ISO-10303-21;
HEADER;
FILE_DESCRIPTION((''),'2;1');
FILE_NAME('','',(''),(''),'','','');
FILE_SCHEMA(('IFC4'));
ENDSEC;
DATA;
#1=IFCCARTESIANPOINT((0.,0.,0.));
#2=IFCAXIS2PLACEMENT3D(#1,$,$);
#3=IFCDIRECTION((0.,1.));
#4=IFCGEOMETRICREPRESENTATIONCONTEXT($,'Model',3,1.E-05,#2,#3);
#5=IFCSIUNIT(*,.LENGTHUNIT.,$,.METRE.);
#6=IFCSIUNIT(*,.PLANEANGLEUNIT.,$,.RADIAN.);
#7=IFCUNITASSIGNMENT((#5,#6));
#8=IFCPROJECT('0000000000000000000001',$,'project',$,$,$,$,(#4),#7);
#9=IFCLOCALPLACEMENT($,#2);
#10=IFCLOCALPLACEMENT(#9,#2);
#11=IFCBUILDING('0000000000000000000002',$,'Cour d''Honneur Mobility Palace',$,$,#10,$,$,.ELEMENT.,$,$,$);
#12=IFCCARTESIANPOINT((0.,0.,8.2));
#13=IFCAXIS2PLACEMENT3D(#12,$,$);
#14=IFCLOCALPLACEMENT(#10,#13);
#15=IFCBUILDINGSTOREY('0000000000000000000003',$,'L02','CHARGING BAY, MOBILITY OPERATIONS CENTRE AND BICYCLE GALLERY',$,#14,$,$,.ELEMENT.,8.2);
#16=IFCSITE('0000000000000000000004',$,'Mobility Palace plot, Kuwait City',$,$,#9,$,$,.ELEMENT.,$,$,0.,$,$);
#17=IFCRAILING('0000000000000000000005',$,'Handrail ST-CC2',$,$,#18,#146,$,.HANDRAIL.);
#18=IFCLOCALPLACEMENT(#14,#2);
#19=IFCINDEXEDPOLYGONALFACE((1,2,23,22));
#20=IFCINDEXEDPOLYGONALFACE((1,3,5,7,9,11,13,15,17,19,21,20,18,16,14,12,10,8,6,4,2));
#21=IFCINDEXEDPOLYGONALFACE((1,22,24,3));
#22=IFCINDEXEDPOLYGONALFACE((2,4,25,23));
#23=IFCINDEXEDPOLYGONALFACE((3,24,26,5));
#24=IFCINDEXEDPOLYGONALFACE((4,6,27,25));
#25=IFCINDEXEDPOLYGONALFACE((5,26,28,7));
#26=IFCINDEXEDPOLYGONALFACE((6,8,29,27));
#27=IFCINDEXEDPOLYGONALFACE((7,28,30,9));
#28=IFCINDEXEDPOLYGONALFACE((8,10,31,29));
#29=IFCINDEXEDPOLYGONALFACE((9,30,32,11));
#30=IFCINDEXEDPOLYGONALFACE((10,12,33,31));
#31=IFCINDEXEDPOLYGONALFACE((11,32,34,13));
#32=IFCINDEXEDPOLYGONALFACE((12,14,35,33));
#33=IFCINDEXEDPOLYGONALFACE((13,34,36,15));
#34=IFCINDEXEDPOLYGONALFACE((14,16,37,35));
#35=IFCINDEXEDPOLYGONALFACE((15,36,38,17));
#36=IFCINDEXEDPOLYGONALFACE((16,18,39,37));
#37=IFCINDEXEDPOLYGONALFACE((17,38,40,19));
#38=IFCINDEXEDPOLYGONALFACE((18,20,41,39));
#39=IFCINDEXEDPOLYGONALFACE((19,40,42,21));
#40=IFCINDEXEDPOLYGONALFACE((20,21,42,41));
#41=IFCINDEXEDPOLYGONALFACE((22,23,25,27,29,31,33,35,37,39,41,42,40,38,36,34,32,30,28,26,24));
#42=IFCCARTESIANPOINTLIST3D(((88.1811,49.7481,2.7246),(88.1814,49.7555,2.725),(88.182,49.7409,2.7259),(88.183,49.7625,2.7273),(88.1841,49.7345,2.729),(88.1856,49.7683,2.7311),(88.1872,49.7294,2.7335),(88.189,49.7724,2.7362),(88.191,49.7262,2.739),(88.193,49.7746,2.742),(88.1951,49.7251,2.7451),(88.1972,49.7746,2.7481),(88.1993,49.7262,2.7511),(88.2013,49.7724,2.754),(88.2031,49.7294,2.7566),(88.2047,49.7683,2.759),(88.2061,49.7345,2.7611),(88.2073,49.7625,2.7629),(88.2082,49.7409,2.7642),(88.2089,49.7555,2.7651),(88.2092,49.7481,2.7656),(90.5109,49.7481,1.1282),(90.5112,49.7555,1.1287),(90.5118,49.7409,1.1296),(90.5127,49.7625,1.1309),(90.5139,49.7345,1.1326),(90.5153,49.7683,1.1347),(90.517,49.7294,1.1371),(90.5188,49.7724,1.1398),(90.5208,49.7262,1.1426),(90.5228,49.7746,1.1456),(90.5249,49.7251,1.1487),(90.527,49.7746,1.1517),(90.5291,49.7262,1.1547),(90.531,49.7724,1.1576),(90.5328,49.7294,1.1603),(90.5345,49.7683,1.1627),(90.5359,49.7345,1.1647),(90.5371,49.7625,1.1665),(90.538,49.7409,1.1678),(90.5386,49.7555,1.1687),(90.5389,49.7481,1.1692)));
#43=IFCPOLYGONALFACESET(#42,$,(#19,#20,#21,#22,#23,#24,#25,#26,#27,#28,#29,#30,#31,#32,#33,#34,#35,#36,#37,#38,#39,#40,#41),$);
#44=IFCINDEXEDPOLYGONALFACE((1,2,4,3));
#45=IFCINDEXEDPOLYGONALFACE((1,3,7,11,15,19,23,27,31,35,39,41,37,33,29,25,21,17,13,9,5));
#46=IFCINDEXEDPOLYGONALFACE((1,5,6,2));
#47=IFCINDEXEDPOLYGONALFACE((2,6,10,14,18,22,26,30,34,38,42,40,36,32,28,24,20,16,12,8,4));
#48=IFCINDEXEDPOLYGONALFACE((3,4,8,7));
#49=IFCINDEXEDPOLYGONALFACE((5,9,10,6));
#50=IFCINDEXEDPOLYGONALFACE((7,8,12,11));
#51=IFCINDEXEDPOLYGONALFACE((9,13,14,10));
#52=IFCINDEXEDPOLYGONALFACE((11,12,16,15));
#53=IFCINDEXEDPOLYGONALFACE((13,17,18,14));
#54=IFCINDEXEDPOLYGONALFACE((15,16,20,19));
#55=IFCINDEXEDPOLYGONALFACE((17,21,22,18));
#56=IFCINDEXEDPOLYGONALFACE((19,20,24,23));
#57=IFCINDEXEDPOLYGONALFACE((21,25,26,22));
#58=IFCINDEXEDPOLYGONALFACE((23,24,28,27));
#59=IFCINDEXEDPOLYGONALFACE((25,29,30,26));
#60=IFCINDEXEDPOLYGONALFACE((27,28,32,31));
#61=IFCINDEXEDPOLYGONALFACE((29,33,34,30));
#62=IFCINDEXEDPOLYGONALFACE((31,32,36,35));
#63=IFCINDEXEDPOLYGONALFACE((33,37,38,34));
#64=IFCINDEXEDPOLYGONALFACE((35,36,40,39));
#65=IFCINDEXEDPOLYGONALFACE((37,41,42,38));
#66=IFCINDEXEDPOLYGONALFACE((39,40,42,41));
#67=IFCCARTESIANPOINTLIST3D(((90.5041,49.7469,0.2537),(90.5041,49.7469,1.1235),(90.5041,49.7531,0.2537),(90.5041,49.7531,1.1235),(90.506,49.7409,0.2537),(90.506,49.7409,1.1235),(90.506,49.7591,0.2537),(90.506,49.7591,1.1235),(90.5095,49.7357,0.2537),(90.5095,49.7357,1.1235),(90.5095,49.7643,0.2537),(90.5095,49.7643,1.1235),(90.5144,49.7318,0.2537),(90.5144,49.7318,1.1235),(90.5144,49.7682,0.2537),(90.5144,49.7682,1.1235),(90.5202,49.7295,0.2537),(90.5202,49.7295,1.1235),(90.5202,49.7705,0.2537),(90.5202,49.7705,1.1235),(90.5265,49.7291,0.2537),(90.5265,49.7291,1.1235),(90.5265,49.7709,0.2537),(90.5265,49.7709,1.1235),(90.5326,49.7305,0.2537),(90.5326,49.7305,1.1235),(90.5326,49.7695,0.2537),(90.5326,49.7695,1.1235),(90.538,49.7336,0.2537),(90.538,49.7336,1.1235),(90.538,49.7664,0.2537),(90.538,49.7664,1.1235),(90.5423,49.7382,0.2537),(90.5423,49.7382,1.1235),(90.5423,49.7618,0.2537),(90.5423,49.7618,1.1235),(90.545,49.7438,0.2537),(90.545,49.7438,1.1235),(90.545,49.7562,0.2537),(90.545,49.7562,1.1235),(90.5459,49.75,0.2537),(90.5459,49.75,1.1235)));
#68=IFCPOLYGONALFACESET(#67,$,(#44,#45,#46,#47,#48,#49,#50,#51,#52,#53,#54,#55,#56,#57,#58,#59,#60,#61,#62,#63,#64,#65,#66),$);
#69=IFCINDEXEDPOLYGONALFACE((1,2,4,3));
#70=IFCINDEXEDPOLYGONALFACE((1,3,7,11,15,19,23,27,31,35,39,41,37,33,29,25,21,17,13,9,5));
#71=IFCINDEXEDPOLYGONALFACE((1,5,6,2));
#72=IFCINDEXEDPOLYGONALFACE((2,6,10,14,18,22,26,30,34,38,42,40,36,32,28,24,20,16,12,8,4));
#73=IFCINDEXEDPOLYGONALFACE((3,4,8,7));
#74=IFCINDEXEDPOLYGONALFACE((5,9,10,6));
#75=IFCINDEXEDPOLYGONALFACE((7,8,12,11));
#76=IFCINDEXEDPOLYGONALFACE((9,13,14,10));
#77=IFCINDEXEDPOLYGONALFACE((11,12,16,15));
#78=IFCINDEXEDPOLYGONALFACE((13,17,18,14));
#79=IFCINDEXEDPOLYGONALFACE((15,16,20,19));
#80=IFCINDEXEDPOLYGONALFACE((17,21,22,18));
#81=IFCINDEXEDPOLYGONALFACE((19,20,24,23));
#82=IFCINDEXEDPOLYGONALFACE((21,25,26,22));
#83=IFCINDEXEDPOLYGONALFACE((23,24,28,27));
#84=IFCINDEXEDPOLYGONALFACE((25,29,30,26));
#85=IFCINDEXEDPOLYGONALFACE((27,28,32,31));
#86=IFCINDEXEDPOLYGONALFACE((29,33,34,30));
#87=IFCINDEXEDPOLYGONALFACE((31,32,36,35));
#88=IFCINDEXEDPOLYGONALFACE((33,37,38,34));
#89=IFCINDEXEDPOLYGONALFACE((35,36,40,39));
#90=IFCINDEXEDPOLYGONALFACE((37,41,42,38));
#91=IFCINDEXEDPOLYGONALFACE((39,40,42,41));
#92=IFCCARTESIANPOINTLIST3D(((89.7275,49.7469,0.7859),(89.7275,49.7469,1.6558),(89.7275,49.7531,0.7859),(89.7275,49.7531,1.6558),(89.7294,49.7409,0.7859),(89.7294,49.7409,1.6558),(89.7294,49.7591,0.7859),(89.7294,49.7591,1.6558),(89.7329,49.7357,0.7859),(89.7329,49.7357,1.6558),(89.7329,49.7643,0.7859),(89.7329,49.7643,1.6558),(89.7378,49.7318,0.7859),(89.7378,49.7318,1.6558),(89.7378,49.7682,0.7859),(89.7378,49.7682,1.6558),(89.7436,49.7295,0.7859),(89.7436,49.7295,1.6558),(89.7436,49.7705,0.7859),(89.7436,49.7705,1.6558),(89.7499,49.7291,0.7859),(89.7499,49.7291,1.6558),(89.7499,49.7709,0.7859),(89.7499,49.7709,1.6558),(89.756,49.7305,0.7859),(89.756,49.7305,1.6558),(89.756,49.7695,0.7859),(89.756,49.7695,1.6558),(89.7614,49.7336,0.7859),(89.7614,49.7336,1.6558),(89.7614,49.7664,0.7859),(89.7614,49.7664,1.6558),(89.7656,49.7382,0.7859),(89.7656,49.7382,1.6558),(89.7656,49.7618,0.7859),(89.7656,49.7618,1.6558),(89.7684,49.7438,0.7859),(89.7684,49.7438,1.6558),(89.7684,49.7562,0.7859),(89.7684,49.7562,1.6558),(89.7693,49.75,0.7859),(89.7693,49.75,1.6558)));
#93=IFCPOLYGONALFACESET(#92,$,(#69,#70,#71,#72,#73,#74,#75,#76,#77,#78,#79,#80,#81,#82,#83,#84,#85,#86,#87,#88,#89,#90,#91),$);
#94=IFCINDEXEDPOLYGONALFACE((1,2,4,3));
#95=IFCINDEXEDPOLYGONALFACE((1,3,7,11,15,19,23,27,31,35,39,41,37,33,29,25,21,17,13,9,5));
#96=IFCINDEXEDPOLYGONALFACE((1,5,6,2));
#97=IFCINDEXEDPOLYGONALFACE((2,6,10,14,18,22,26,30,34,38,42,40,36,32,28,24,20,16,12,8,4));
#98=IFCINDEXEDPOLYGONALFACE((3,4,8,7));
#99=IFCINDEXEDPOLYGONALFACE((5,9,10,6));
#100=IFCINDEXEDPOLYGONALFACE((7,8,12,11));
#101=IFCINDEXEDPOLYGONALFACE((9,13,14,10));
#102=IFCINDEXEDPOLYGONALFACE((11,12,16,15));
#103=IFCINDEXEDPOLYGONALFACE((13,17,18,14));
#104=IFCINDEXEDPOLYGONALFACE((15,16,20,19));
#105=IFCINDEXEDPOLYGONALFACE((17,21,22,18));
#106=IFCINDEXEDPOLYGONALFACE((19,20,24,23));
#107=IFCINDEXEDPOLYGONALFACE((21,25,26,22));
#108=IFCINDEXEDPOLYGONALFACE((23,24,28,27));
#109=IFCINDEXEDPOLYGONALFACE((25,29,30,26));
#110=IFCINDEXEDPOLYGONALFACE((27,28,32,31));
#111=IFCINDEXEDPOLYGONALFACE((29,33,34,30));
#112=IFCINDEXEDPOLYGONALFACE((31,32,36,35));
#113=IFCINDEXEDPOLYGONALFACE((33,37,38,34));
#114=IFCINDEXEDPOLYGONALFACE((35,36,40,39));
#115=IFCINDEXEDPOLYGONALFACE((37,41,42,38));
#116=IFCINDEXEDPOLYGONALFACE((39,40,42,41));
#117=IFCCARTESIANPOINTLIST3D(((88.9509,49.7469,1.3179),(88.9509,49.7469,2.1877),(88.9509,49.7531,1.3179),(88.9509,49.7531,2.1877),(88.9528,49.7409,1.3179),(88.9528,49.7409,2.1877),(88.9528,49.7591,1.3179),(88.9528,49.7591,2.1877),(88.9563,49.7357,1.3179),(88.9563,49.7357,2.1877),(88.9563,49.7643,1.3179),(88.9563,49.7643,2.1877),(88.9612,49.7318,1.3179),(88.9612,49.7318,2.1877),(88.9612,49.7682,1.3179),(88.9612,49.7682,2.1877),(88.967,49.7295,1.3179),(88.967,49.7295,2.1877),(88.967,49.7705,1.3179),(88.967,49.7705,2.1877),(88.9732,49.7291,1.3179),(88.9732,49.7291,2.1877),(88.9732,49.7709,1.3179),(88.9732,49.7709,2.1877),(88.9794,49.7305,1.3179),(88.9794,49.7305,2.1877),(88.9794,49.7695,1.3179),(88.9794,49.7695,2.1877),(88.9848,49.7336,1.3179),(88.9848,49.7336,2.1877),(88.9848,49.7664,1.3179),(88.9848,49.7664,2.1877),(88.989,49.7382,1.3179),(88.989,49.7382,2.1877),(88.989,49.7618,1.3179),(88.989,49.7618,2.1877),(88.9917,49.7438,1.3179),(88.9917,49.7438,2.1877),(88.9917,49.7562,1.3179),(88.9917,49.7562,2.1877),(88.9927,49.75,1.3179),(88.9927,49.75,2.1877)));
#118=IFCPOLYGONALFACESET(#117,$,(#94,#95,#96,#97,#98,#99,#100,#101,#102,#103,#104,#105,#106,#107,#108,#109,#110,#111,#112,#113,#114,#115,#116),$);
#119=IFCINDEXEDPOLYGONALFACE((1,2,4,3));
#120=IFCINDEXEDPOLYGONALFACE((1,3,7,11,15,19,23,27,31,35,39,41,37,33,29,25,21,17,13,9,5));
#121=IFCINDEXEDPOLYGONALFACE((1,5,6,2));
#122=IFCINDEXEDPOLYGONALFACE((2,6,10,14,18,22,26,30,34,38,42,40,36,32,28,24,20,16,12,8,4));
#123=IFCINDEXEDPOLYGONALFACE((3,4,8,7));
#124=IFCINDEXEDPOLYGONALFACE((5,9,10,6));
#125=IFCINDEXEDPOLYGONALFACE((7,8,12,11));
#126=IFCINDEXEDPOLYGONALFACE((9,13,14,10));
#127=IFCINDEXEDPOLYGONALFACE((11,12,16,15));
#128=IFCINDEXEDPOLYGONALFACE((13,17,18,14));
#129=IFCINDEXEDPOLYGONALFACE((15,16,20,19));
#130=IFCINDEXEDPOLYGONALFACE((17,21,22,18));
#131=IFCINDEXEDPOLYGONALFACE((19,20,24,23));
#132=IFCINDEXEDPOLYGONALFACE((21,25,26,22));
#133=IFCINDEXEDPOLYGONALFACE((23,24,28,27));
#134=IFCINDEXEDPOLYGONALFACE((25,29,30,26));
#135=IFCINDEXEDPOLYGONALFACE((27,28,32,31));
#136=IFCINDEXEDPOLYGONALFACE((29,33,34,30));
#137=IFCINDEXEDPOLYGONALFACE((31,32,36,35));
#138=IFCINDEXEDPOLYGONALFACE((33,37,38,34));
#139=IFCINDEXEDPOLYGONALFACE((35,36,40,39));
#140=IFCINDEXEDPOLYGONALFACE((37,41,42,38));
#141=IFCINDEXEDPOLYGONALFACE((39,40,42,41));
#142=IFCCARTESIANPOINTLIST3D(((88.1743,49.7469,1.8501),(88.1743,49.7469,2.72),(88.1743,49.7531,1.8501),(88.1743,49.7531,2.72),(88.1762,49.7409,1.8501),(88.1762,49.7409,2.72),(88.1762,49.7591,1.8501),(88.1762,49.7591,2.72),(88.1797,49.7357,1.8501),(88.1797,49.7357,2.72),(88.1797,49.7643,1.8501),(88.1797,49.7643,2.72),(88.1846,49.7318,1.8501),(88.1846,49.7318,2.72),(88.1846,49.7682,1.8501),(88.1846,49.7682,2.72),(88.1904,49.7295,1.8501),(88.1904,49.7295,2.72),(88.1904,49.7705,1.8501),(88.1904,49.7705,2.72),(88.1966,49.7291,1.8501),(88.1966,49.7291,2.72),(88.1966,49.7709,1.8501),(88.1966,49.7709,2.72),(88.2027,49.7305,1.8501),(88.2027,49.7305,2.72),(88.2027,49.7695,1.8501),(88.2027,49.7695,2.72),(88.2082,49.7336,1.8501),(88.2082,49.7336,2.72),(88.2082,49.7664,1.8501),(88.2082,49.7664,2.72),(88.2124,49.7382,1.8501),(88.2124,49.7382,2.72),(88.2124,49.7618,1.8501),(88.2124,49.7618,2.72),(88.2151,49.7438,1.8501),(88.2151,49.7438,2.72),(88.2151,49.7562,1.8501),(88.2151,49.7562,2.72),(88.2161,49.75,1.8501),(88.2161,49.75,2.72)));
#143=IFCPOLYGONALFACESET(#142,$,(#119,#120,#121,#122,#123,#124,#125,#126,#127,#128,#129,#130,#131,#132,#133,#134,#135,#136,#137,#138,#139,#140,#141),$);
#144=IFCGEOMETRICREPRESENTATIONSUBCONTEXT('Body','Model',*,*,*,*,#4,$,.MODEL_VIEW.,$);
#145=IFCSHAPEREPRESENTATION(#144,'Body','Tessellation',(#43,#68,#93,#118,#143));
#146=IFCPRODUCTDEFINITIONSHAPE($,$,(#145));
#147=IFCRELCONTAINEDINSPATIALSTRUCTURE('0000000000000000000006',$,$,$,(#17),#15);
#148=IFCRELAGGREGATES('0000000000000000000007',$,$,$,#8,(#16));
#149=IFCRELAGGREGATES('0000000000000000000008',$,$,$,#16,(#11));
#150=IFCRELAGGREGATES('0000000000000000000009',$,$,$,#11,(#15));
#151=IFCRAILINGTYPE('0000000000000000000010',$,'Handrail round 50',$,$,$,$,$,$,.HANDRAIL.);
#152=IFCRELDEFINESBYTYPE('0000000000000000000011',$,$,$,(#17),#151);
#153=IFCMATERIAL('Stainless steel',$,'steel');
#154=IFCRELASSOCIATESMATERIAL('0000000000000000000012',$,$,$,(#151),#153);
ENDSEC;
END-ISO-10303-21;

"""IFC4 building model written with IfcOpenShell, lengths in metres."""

from ifc_helpers import new_model, si_unit, direction, frame, origin, origin_2d, place, context, subcontext, project, spatial, circle, extrude, material, type_object, element, save


model = new_model("IFC4")

# Units and contexts
model_context = context("Model", 3, precision=1e-05, world=origin(), true_north=direction((0.0, 1.0)))
body_context = subcontext(model_context, "Body", "Model", "MODEL_VIEW")
ifc_project = project(units=[si_unit("LENGTHUNIT", "METRE"), si_unit("PLANEANGLEUNIT", "RADIAN")], contexts=[model_context])

# Site, building, storey
site_placement = place(None, origin())
site = spatial("IfcSite", under=ifc_project, at=site_placement, Name="Mobility Palace plot, Kuwait City", CompositionType="ELEMENT", RefElevation=0.0)
building_placement = place(site_placement, origin())
building = spatial("IfcBuilding", under=site, at=building_placement, Name="Cour d'Honneur Mobility Palace", CompositionType="ELEMENT")
storey_placement = place(building_placement, frame((0.0, 0.0, 8.2)))
storey = spatial("IfcBuildingStorey", under=building, at=storey_placement, Name="L02", Description="CHARGING BAY, MOBILITY OPERATIONS CENTRE AND BICYCLE GALLERY", CompositionType="ELEMENT", Elevation=8.2)

# Railing
ifc_material_1 = material(Name="Stainless steel", Category="steel")
railing_type_1 = type_object("IfcRailingType", Name="Handrail round 50", PredefinedType="HANDRAIL", material=ifc_material_1)
railing_1_placement = place(storey_placement, frame((90.5249, 49.75, 0.2537)))
element("IfcRailing", 1, at=railing_1_placement, inside=storey, type_object=railing_type_1, Name="Handrail ST-CC2", PredefinedType="HANDRAIL", context=body_context, shape_type="SweptSolid", body=[
    extrude(circle(Radius=0.0249, at=origin_2d()), frame((0.0, 0.0, 0.895), z_axis=(-0.824921, 0.0, 0.565248), x_axis=(0.0, -1.0, 0.0)), (0.0, 0.0, 1.0), 2.8242),
    extrude(circle(Radius=0.021, at=origin_2d()), origin(), (0.0, 0.0, 1.0), 0.8699),
    extrude(circle(Radius=0.021, at=origin_2d()), frame((-0.7766, 0.0, 0.5322)), (0.0, 0.0, 1.0), 0.8699),
    extrude(circle(Radius=0.021, at=origin_2d()), frame((-1.5532, 0.0, 1.0642)), (0.0, 0.0, 1.0), 0.8699),
    extrude(circle(Radius=0.021, at=origin_2d()), frame((-2.3298, 0.0, 1.5964)), (0.0, 0.0, 1.0), 0.8699),
])

save(model, "model.ifc")
